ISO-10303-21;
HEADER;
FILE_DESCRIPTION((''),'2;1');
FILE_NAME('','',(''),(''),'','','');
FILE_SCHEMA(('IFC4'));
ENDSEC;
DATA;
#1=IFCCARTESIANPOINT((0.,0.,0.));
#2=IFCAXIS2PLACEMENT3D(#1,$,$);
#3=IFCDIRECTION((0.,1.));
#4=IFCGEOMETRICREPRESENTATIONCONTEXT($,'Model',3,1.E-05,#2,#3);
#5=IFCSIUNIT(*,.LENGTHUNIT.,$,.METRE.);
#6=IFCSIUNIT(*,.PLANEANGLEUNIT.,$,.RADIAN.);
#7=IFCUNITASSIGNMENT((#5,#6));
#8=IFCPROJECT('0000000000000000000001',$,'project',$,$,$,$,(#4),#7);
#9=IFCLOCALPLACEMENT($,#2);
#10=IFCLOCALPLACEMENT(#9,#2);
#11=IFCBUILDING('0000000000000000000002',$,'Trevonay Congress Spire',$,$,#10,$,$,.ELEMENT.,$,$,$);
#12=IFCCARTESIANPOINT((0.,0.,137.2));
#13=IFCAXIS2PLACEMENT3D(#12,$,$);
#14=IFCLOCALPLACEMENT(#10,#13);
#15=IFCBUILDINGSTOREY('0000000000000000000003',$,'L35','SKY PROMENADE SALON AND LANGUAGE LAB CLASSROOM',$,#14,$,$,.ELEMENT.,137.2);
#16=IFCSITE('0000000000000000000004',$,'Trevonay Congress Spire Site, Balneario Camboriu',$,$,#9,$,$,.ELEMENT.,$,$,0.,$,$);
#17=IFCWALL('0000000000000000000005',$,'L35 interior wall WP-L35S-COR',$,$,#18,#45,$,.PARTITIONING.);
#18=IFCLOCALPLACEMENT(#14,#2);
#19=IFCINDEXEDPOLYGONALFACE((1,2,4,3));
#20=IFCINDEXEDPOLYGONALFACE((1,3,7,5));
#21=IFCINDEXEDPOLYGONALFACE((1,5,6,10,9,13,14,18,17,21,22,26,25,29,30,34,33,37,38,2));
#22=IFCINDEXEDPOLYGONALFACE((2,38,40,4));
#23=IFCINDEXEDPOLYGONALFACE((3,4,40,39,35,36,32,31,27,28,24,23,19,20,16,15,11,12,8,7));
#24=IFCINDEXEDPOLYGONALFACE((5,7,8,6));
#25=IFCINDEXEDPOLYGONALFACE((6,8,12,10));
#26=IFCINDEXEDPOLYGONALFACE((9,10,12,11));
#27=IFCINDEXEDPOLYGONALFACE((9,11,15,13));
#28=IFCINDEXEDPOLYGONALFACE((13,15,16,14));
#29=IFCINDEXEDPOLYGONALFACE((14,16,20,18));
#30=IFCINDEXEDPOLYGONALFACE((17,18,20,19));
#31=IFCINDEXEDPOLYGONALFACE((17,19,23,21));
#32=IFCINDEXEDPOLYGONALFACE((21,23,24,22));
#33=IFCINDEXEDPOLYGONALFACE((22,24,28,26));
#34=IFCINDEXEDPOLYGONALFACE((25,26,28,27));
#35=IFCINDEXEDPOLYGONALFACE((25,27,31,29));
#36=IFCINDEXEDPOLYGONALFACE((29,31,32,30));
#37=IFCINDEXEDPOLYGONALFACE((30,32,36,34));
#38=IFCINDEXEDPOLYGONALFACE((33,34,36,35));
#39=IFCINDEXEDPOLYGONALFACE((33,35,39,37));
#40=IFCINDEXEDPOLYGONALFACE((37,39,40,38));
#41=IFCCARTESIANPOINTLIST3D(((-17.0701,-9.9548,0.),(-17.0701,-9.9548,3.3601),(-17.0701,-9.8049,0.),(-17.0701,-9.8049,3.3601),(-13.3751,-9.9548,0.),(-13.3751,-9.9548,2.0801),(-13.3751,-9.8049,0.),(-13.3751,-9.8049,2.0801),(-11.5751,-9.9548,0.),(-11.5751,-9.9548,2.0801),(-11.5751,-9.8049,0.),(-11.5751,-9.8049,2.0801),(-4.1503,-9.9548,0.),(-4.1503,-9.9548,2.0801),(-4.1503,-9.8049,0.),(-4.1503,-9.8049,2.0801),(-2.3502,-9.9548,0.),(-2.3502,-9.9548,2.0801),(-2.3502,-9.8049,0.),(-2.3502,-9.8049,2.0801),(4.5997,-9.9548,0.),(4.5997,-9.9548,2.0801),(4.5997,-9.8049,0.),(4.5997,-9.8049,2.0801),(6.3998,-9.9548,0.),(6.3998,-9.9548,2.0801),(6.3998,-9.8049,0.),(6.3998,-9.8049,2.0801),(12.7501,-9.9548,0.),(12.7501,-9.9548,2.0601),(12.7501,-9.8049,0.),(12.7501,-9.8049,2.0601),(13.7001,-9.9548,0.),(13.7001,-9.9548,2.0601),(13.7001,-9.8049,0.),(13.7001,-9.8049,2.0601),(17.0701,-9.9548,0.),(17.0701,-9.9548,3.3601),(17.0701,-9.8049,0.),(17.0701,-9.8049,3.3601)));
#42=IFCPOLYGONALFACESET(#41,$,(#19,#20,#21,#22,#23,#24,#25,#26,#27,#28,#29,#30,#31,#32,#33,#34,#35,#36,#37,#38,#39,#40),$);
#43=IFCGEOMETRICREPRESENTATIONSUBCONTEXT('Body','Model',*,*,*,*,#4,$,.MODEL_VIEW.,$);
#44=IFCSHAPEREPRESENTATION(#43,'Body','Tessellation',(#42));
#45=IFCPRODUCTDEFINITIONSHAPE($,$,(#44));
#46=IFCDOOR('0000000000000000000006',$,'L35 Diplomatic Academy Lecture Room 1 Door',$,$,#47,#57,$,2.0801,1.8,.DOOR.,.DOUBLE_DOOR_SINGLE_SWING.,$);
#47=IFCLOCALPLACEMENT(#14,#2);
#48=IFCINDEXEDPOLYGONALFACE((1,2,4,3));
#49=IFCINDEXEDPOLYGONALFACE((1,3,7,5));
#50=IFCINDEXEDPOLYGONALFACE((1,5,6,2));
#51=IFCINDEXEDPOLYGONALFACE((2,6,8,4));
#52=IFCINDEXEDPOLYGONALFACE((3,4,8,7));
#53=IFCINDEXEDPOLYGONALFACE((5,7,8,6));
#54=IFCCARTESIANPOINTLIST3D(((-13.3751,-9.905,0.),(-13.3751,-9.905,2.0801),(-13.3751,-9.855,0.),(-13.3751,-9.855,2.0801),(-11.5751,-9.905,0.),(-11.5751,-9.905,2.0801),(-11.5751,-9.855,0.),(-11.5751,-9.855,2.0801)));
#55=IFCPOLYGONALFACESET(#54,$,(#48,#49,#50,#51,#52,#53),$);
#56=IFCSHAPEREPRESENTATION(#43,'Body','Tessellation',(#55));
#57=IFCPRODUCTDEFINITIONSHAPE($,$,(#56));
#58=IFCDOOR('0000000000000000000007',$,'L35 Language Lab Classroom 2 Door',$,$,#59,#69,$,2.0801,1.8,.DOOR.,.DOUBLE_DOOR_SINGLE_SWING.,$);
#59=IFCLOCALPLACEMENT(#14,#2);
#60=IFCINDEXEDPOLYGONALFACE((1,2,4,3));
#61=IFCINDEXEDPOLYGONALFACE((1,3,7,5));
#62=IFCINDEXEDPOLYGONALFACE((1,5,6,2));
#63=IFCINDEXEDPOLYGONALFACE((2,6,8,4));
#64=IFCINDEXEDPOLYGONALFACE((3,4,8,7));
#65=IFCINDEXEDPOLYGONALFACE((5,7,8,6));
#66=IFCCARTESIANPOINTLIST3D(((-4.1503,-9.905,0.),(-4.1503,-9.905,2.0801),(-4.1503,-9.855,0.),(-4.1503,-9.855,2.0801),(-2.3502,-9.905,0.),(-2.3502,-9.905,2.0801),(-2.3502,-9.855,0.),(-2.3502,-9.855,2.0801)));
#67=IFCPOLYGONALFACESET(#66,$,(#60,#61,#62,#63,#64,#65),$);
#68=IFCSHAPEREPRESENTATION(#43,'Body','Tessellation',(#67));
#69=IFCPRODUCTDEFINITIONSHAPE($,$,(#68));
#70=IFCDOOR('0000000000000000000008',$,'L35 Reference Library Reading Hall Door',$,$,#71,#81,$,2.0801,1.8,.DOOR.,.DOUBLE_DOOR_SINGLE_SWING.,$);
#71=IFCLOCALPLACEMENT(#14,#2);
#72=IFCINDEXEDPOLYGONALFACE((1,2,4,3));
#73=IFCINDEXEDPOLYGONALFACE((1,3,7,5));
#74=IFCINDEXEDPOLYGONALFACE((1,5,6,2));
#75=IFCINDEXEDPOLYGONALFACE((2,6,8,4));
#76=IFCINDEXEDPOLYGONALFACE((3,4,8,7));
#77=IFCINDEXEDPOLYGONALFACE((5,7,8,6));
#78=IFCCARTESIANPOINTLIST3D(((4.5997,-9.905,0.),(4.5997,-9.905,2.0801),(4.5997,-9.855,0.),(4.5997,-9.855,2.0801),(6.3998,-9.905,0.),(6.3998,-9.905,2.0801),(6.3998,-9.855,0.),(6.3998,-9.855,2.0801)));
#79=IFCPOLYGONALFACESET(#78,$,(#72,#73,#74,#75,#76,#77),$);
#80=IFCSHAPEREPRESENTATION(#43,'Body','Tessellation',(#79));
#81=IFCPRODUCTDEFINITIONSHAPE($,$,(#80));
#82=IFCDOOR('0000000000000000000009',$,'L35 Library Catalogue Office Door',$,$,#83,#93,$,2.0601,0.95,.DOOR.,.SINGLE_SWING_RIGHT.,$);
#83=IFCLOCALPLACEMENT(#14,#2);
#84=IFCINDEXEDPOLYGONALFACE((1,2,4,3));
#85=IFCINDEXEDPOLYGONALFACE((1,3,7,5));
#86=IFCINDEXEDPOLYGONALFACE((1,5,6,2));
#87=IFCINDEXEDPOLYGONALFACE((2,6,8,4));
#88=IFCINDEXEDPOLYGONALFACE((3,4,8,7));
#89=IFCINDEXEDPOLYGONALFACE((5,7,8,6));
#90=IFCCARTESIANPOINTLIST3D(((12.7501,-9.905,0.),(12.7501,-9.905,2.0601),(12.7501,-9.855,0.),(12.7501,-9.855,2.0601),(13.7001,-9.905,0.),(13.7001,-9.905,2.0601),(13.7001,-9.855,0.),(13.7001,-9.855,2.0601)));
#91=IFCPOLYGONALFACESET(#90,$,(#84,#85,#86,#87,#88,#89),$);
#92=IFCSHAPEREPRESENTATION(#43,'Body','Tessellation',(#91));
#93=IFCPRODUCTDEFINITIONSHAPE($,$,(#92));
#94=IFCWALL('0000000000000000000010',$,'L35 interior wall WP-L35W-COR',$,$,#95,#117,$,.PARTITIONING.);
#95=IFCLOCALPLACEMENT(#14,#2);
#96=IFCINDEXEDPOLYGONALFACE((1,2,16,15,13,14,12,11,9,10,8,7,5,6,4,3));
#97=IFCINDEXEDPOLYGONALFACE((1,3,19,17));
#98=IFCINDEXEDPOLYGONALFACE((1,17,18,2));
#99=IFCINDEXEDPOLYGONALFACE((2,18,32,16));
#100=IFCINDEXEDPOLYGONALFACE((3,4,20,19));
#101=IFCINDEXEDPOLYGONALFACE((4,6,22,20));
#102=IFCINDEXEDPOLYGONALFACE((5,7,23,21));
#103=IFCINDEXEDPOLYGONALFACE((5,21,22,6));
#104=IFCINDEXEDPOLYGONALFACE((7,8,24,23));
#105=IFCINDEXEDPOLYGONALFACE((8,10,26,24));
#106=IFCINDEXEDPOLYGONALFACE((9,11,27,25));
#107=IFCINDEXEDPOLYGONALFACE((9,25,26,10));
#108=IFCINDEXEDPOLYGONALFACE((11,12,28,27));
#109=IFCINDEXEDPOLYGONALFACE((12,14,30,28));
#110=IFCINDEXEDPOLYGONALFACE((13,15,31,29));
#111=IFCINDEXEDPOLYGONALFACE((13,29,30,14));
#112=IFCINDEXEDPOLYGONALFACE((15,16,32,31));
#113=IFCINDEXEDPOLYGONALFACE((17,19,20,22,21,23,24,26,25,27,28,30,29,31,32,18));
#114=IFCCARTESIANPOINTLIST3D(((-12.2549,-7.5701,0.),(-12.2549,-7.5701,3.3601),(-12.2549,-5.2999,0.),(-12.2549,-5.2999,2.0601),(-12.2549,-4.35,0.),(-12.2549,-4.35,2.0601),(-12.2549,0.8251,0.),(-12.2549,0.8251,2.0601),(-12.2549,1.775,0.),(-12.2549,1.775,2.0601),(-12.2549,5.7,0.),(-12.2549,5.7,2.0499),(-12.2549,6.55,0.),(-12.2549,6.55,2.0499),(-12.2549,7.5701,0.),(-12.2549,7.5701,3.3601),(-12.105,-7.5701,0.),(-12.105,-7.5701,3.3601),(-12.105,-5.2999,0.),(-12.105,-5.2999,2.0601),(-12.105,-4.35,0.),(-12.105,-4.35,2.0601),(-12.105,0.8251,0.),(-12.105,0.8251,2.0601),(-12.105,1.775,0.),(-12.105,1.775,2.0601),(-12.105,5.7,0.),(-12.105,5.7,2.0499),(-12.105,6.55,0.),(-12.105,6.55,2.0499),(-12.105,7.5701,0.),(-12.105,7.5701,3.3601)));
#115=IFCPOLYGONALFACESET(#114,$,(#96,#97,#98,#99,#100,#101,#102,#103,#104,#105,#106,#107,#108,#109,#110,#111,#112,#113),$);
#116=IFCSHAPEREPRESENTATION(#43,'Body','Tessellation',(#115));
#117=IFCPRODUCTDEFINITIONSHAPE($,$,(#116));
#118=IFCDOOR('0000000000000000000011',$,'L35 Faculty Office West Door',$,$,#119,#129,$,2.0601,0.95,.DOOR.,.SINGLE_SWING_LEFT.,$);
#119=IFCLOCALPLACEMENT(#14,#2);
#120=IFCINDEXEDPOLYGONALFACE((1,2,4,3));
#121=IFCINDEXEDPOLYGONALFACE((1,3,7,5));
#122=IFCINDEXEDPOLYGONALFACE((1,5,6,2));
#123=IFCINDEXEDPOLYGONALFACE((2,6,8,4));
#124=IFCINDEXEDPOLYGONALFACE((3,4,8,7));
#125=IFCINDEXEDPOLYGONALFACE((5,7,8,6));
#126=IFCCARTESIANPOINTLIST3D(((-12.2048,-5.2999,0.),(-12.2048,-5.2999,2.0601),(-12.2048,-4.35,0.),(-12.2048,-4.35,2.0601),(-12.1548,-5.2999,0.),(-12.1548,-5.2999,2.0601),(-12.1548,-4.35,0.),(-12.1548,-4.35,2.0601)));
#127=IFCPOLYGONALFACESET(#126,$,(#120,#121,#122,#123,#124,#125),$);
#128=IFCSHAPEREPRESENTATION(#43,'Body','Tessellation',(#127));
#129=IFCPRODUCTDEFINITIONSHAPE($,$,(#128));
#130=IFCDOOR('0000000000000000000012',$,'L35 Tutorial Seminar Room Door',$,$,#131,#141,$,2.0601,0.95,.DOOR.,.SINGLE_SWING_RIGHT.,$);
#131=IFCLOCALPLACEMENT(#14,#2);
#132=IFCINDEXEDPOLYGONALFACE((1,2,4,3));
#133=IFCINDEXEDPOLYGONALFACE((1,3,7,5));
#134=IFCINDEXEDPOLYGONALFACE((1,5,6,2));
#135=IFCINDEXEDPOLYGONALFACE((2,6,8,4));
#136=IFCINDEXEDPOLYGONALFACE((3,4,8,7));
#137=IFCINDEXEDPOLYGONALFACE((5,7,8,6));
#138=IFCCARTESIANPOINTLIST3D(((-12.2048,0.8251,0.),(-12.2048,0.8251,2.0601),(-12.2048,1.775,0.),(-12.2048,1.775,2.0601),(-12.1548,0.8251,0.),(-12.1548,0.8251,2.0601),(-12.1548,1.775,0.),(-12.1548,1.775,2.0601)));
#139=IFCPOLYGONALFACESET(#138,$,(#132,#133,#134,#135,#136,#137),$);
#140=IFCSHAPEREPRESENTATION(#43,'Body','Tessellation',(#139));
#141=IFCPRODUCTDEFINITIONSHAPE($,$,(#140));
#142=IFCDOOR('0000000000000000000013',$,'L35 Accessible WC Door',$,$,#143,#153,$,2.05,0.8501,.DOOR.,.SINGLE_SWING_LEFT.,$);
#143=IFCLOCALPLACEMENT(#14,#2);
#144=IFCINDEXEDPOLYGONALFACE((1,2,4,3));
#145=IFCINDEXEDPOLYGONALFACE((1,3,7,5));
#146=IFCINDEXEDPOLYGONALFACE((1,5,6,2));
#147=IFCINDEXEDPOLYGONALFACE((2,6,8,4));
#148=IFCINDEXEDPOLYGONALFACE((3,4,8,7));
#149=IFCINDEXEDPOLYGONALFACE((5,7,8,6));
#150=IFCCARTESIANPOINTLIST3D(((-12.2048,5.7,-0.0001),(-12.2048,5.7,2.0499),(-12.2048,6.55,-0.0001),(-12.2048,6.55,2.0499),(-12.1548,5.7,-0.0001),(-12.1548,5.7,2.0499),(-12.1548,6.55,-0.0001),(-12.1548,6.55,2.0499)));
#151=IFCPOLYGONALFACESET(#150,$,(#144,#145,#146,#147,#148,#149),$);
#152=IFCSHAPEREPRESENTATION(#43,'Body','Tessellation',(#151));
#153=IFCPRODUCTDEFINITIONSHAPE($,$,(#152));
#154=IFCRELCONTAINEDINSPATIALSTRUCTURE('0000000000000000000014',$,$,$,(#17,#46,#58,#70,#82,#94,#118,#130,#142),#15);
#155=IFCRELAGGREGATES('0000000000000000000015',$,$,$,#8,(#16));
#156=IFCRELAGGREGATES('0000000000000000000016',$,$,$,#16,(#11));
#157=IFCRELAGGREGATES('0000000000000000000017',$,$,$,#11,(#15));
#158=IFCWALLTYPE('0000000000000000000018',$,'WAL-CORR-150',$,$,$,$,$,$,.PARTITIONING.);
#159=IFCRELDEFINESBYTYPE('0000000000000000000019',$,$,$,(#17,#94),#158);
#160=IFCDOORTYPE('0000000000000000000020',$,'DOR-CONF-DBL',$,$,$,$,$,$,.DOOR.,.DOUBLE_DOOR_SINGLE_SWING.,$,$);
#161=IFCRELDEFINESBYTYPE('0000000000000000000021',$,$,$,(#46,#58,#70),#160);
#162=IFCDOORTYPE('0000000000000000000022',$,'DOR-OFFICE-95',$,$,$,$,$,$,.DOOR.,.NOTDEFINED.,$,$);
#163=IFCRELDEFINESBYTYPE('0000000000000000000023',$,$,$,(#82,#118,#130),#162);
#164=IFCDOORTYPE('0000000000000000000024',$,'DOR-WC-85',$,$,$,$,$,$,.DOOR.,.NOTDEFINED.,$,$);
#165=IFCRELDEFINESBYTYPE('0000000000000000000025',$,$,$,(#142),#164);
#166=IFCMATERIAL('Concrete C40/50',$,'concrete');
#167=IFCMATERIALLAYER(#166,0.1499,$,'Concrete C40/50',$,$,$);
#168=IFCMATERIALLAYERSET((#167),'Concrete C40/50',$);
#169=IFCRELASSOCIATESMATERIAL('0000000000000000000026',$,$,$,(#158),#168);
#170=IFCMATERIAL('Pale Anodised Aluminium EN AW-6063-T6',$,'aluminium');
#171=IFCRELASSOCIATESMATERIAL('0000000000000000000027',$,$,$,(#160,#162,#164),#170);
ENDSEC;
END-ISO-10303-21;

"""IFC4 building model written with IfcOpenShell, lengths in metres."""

from ifc_helpers import new_model, si_unit, direction, frame, frame_2d, origin, place, context, subcontext, project, spatial, rectangle, extrude, material, layer, layer_set, type_object, element, fill, save


model = new_model("IFC4")

# Units and contexts
model_context = context("Model", 3, precision=1e-05, world=origin(), true_north=direction((0.0, 1.0)))
body_context = subcontext(model_context, "Body", "Model", "MODEL_VIEW")
ifc_project = project(units=[si_unit("LENGTHUNIT", "METRE"), si_unit("PLANEANGLEUNIT", "RADIAN")], contexts=[model_context])

# Site, building, storey
site_placement = place(None, origin())
site = spatial("IfcSite", under=ifc_project, at=site_placement, Name="Trevonay Congress Spire Site, Balneario Camboriu", CompositionType="ELEMENT", RefElevation=0.0)
building_placement = place(site_placement, origin())
building = spatial("IfcBuilding", under=site, at=building_placement, Name="Trevonay Congress Spire", CompositionType="ELEMENT")
storey_placement = place(building_placement, frame((0.0, 0.0, 137.2)))
storey = spatial("IfcBuildingStorey", under=building, at=storey_placement, Name="L35", Description="SKY PROMENADE SALON AND LANGUAGE LAB CLASSROOM", CompositionType="ELEMENT", Elevation=137.2)

# Shared definitions
ifc_material_1 = material(Name="Pale Anodised Aluminium EN AW-6063-T6", Category="aluminium")

# Walls, openings, doors
ifc_material_2 = material(Name="Concrete C40/50", Category="concrete")
ifc_layer_1 = layer(ifc_material_2, 0.1499, Name="Concrete C40/50")
ifc_layer_set_1 = layer_set([ifc_layer_1], Name="Concrete C40/50")
wall_type_1 = type_object("IfcWallType", Name="WAL-CORR-150", PredefinedType="PARTITIONING", material=ifc_layer_set_1)
wall_1_placement = place(storey_placement, frame((-17.0701, -9.8799, 0.0), z_axis=(0.0, 0.0, 1.0), x_axis=(1.0, 0.0, 0.0)))
wall_1 = element("IfcWall", 1, at=wall_1_placement, inside=storey, type_object=wall_type_1, Name="L35 interior wall WP-L35S-COR", PredefinedType="PARTITIONING", context=body_context, shape_type="SweptSolid", body=[
    extrude(rectangle(XDim=34.1401, YDim=0.1499, at=frame_2d((17.0701, 0.0))), origin(), (0.0, 0.0, 1.0), 3.3601),
])
opening_1_placement = place(wall_1_placement, frame((3.6951, 0.0, 0.0)))
opening_1 = element("IfcOpeningElement", 2, at=opening_1_placement, cuts=wall_1, PredefinedType="OPENING", context=body_context, shape_type="SweptSolid", body=[
    extrude(rectangle(XDim=1.8, YDim=2.0801, at=frame_2d((0.8999, 1.04))), frame((0.0, 0.085, 0.0), z_axis=(0.0, -1.0, 0.0), x_axis=(1.0, 0.0, 0.0)), (0.0, 0.0, 1.0), 0.1699),
])
opening_2_placement = place(wall_1_placement, frame((12.9199, 0.0, 0.0)))
opening_2 = element("IfcOpeningElement", 3, at=opening_2_placement, cuts=wall_1, PredefinedType="OPENING", context=body_context, shape_type="SweptSolid", body=[
    extrude(rectangle(XDim=1.8, YDim=2.0801, at=frame_2d((0.8999, 1.04))), frame((0.0, 0.085, 0.0), z_axis=(0.0, -1.0, 0.0), x_axis=(1.0, 0.0, 0.0)), (0.0, 0.0, 1.0), 0.1699),
])
opening_3_placement = place(wall_1_placement, frame((21.6699, 0.0, 0.0)))
opening_3 = element("IfcOpeningElement", 4, at=opening_3_placement, cuts=wall_1, PredefinedType="OPENING", context=body_context, shape_type="SweptSolid", body=[
    extrude(rectangle(XDim=1.8, YDim=2.0801, at=frame_2d((0.8999, 1.04))), frame((0.0, 0.085, 0.0), z_axis=(0.0, -1.0, 0.0), x_axis=(1.0, 0.0, 0.0)), (0.0, 0.0, 1.0), 0.1699),
])
opening_4_placement = place(wall_1_placement, frame((29.8201, 0.0, 0.0)))
opening_4 = element("IfcOpeningElement", 5, at=opening_4_placement, cuts=wall_1, PredefinedType="OPENING", context=body_context, shape_type="SweptSolid", body=[
    extrude(rectangle(XDim=0.95, YDim=2.0601, at=frame_2d((0.4751, 1.03))), frame((0.0, 0.085, 0.0), z_axis=(0.0, -1.0, 0.0), x_axis=(1.0, 0.0, 0.0)), (0.0, 0.0, 1.0), 0.1699),
])
door_type_1 = type_object("IfcDoorType", Name="DOR-CONF-DBL", OperationType="DOUBLE_DOOR_SINGLE_SWING", PredefinedType="DOOR", material=ifc_material_1)
door_1_placement = place(opening_1_placement, origin())
door_1 = element("IfcDoor", 6, at=door_1_placement, inside=storey, type_object=door_type_1, Name="L35 Diplomatic Academy Lecture Room 1 Door", OperationType="DOUBLE_DOOR_SINGLE_SWING", OverallHeight=2.0801, OverallWidth=1.8, PredefinedType="DOOR", context=body_context, shape_type="SweptSolid", body=[
    extrude(rectangle(XDim=1.8, YDim=2.0801, at=frame_2d((0.8999, 1.04))), frame((0.0, 0.0249, 0.0), z_axis=(0.0, -1.0, 0.0), x_axis=(1.0, 0.0, 0.0)), (0.0, 0.0, 1.0), 0.05),
])
fill(opening_1, door_1)
door_2_placement = place(opening_2_placement, origin())
door_2 = element("IfcDoor", 7, at=door_2_placement, inside=storey, type_object=door_type_1, Name="L35 Language Lab Classroom 2 Door", OperationType="DOUBLE_DOOR_SINGLE_SWING", OverallHeight=2.0801, OverallWidth=1.8, PredefinedType="DOOR", context=body_context, shape_type="SweptSolid", body=[
    extrude(rectangle(XDim=1.8, YDim=2.0801, at=frame_2d((0.8999, 1.04))), frame((0.0, 0.0249, 0.0), z_axis=(0.0, -1.0, 0.0), x_axis=(1.0, 0.0, 0.0)), (0.0, 0.0, 1.0), 0.05),
])
fill(opening_2, door_2)
door_3_placement = place(opening_3_placement, origin())
door_3 = element("IfcDoor", 8, at=door_3_placement, inside=storey, type_object=door_type_1, Name="L35 Reference Library Reading Hall Door", OperationType="DOUBLE_DOOR_SINGLE_SWING", OverallHeight=2.0801, OverallWidth=1.8, PredefinedType="DOOR", context=body_context, shape_type="SweptSolid", body=[
    extrude(rectangle(XDim=1.8, YDim=2.0801, at=frame_2d((0.8999, 1.04))), frame((0.0, 0.0249, 0.0), z_axis=(0.0, -1.0, 0.0), x_axis=(1.0, 0.0, 0.0)), (0.0, 0.0, 1.0), 0.05),
])
fill(opening_3, door_3)
door_type_2 = type_object("IfcDoorType", Name="DOR-OFFICE-95", OperationType="NOTDEFINED", PredefinedType="DOOR", material=ifc_material_1)
door_4_placement = place(opening_4_placement, origin())
door_4 = element("IfcDoor", 9, at=door_4_placement, inside=storey, type_object=door_type_2, Name="L35 Library Catalogue Office Door", OperationType="SINGLE_SWING_RIGHT", OverallHeight=2.0601, OverallWidth=0.95, PredefinedType="DOOR", context=body_context, shape_type="SweptSolid", body=[
    extrude(rectangle(XDim=0.95, YDim=2.0601, at=frame_2d((0.4751, 1.03))), frame((0.0, 0.0249, 0.0), z_axis=(0.0, -1.0, 0.0), x_axis=(1.0, 0.0, 0.0)), (0.0, 0.0, 1.0), 0.05),
])
fill(opening_4, door_4)
wall_2_placement = place(storey_placement, frame((-12.1799, -7.5701, 0.0), z_axis=(0.0, 0.0, 1.0), x_axis=(0.0, 1.0, 0.0)))
wall_2 = element("IfcWall", 10, at=wall_2_placement, inside=storey, type_object=wall_type_1, Name="L35 interior wall WP-L35W-COR", PredefinedType="PARTITIONING", context=body_context, shape_type="SweptSolid", body=[
    extrude(rectangle(XDim=15.1401, YDim=0.1499, at=frame_2d((7.5701, 0.0))), origin(), (0.0, 0.0, 1.0), 3.3601),
])
opening_5_placement = place(wall_2_placement, frame((2.27, 0.0, 0.0)))
opening_5 = element("IfcOpeningElement", 11, at=opening_5_placement, cuts=wall_2, PredefinedType="OPENING", context=body_context, shape_type="SweptSolid", body=[
    extrude(rectangle(XDim=0.95, YDim=2.0601, at=frame_2d((0.4751, 1.03))), frame((0.0, 0.085, 0.0), z_axis=(0.0, -1.0, 0.0), x_axis=(1.0, 0.0, 0.0)), (0.0, 0.0, 1.0), 0.1699),
])
opening_6_placement = place(wall_2_placement, frame((8.395, 0.0, 0.0)))
opening_6 = element("IfcOpeningElement", 12, at=opening_6_placement, cuts=wall_2, PredefinedType="OPENING", context=body_context, shape_type="SweptSolid", body=[
    extrude(rectangle(XDim=0.95, YDim=2.0601, at=frame_2d((0.4751, 1.03))), frame((0.0, 0.085, 0.0), z_axis=(0.0, -1.0, 0.0), x_axis=(1.0, 0.0, 0.0)), (0.0, 0.0, 1.0), 0.1699),
])
opening_7_placement = place(wall_2_placement, frame((13.27, 0.0, 0.0)))
opening_7 = element("IfcOpeningElement", 13, at=opening_7_placement, cuts=wall_2, PredefinedType="OPENING", context=body_context, shape_type="SweptSolid", body=[
    extrude(rectangle(XDim=0.8501, YDim=2.05, at=frame_2d((0.425, 1.0249))), frame((0.0, 0.085, 0.0), z_axis=(0.0, -1.0, 0.0), x_axis=(1.0, 0.0, 0.0)), (0.0, 0.0, 1.0), 0.1699),
])
door_5_placement = place(opening_5_placement, origin())
door_5 = element("IfcDoor", 14, at=door_5_placement, inside=storey, type_object=door_type_2, Name="L35 Faculty Office West Door", OperationType="SINGLE_SWING_LEFT", OverallHeight=2.0601, OverallWidth=0.95, PredefinedType="DOOR", context=body_context, shape_type="SweptSolid", body=[
    extrude(rectangle(XDim=0.95, YDim=2.0601, at=frame_2d((0.4751, 1.03))), frame((0.0, 0.0249, 0.0), z_axis=(0.0, -1.0, 0.0), x_axis=(1.0, 0.0, 0.0)), (0.0, 0.0, 1.0), 0.05),
])
fill(opening_5, door_5)
door_6_placement = place(opening_6_placement, origin())
door_6 = element("IfcDoor", 15, at=door_6_placement, inside=storey, type_object=door_type_2, Name="L35 Tutorial Seminar Room Door", OperationType="SINGLE_SWING_RIGHT", OverallHeight=2.0601, OverallWidth=0.95, PredefinedType="DOOR", context=body_context, shape_type="SweptSolid", body=[
    extrude(rectangle(XDim=0.95, YDim=2.0601, at=frame_2d((0.4751, 1.03))), frame((0.0, 0.0249, 0.0), z_axis=(0.0, -1.0, 0.0), x_axis=(1.0, 0.0, 0.0)), (0.0, 0.0, 1.0), 0.05),
])
fill(opening_6, door_6)
door_type_3 = type_object("IfcDoorType", Name="DOR-WC-85", OperationType="NOTDEFINED", PredefinedType="DOOR", material=ifc_material_1)
door_7_placement = place(opening_7_placement, origin())
door_7 = element("IfcDoor", 16, at=door_7_placement, inside=storey, type_object=door_type_3, Name="L35 Accessible WC Door", OperationType="SINGLE_SWING_LEFT", OverallHeight=2.05, OverallWidth=0.8501, PredefinedType="DOOR", context=body_context, shape_type="SweptSolid", body=[
    extrude(rectangle(XDim=0.8501, YDim=2.05, at=frame_2d((0.425, 1.0249))), frame((0.0, 0.0249, 0.0), z_axis=(0.0, -1.0, 0.0), x_axis=(1.0, 0.0, 0.0)), (0.0, 0.0, 1.0), 0.05),
])
fill(opening_7, door_7)

save(model, "model.ifc")
